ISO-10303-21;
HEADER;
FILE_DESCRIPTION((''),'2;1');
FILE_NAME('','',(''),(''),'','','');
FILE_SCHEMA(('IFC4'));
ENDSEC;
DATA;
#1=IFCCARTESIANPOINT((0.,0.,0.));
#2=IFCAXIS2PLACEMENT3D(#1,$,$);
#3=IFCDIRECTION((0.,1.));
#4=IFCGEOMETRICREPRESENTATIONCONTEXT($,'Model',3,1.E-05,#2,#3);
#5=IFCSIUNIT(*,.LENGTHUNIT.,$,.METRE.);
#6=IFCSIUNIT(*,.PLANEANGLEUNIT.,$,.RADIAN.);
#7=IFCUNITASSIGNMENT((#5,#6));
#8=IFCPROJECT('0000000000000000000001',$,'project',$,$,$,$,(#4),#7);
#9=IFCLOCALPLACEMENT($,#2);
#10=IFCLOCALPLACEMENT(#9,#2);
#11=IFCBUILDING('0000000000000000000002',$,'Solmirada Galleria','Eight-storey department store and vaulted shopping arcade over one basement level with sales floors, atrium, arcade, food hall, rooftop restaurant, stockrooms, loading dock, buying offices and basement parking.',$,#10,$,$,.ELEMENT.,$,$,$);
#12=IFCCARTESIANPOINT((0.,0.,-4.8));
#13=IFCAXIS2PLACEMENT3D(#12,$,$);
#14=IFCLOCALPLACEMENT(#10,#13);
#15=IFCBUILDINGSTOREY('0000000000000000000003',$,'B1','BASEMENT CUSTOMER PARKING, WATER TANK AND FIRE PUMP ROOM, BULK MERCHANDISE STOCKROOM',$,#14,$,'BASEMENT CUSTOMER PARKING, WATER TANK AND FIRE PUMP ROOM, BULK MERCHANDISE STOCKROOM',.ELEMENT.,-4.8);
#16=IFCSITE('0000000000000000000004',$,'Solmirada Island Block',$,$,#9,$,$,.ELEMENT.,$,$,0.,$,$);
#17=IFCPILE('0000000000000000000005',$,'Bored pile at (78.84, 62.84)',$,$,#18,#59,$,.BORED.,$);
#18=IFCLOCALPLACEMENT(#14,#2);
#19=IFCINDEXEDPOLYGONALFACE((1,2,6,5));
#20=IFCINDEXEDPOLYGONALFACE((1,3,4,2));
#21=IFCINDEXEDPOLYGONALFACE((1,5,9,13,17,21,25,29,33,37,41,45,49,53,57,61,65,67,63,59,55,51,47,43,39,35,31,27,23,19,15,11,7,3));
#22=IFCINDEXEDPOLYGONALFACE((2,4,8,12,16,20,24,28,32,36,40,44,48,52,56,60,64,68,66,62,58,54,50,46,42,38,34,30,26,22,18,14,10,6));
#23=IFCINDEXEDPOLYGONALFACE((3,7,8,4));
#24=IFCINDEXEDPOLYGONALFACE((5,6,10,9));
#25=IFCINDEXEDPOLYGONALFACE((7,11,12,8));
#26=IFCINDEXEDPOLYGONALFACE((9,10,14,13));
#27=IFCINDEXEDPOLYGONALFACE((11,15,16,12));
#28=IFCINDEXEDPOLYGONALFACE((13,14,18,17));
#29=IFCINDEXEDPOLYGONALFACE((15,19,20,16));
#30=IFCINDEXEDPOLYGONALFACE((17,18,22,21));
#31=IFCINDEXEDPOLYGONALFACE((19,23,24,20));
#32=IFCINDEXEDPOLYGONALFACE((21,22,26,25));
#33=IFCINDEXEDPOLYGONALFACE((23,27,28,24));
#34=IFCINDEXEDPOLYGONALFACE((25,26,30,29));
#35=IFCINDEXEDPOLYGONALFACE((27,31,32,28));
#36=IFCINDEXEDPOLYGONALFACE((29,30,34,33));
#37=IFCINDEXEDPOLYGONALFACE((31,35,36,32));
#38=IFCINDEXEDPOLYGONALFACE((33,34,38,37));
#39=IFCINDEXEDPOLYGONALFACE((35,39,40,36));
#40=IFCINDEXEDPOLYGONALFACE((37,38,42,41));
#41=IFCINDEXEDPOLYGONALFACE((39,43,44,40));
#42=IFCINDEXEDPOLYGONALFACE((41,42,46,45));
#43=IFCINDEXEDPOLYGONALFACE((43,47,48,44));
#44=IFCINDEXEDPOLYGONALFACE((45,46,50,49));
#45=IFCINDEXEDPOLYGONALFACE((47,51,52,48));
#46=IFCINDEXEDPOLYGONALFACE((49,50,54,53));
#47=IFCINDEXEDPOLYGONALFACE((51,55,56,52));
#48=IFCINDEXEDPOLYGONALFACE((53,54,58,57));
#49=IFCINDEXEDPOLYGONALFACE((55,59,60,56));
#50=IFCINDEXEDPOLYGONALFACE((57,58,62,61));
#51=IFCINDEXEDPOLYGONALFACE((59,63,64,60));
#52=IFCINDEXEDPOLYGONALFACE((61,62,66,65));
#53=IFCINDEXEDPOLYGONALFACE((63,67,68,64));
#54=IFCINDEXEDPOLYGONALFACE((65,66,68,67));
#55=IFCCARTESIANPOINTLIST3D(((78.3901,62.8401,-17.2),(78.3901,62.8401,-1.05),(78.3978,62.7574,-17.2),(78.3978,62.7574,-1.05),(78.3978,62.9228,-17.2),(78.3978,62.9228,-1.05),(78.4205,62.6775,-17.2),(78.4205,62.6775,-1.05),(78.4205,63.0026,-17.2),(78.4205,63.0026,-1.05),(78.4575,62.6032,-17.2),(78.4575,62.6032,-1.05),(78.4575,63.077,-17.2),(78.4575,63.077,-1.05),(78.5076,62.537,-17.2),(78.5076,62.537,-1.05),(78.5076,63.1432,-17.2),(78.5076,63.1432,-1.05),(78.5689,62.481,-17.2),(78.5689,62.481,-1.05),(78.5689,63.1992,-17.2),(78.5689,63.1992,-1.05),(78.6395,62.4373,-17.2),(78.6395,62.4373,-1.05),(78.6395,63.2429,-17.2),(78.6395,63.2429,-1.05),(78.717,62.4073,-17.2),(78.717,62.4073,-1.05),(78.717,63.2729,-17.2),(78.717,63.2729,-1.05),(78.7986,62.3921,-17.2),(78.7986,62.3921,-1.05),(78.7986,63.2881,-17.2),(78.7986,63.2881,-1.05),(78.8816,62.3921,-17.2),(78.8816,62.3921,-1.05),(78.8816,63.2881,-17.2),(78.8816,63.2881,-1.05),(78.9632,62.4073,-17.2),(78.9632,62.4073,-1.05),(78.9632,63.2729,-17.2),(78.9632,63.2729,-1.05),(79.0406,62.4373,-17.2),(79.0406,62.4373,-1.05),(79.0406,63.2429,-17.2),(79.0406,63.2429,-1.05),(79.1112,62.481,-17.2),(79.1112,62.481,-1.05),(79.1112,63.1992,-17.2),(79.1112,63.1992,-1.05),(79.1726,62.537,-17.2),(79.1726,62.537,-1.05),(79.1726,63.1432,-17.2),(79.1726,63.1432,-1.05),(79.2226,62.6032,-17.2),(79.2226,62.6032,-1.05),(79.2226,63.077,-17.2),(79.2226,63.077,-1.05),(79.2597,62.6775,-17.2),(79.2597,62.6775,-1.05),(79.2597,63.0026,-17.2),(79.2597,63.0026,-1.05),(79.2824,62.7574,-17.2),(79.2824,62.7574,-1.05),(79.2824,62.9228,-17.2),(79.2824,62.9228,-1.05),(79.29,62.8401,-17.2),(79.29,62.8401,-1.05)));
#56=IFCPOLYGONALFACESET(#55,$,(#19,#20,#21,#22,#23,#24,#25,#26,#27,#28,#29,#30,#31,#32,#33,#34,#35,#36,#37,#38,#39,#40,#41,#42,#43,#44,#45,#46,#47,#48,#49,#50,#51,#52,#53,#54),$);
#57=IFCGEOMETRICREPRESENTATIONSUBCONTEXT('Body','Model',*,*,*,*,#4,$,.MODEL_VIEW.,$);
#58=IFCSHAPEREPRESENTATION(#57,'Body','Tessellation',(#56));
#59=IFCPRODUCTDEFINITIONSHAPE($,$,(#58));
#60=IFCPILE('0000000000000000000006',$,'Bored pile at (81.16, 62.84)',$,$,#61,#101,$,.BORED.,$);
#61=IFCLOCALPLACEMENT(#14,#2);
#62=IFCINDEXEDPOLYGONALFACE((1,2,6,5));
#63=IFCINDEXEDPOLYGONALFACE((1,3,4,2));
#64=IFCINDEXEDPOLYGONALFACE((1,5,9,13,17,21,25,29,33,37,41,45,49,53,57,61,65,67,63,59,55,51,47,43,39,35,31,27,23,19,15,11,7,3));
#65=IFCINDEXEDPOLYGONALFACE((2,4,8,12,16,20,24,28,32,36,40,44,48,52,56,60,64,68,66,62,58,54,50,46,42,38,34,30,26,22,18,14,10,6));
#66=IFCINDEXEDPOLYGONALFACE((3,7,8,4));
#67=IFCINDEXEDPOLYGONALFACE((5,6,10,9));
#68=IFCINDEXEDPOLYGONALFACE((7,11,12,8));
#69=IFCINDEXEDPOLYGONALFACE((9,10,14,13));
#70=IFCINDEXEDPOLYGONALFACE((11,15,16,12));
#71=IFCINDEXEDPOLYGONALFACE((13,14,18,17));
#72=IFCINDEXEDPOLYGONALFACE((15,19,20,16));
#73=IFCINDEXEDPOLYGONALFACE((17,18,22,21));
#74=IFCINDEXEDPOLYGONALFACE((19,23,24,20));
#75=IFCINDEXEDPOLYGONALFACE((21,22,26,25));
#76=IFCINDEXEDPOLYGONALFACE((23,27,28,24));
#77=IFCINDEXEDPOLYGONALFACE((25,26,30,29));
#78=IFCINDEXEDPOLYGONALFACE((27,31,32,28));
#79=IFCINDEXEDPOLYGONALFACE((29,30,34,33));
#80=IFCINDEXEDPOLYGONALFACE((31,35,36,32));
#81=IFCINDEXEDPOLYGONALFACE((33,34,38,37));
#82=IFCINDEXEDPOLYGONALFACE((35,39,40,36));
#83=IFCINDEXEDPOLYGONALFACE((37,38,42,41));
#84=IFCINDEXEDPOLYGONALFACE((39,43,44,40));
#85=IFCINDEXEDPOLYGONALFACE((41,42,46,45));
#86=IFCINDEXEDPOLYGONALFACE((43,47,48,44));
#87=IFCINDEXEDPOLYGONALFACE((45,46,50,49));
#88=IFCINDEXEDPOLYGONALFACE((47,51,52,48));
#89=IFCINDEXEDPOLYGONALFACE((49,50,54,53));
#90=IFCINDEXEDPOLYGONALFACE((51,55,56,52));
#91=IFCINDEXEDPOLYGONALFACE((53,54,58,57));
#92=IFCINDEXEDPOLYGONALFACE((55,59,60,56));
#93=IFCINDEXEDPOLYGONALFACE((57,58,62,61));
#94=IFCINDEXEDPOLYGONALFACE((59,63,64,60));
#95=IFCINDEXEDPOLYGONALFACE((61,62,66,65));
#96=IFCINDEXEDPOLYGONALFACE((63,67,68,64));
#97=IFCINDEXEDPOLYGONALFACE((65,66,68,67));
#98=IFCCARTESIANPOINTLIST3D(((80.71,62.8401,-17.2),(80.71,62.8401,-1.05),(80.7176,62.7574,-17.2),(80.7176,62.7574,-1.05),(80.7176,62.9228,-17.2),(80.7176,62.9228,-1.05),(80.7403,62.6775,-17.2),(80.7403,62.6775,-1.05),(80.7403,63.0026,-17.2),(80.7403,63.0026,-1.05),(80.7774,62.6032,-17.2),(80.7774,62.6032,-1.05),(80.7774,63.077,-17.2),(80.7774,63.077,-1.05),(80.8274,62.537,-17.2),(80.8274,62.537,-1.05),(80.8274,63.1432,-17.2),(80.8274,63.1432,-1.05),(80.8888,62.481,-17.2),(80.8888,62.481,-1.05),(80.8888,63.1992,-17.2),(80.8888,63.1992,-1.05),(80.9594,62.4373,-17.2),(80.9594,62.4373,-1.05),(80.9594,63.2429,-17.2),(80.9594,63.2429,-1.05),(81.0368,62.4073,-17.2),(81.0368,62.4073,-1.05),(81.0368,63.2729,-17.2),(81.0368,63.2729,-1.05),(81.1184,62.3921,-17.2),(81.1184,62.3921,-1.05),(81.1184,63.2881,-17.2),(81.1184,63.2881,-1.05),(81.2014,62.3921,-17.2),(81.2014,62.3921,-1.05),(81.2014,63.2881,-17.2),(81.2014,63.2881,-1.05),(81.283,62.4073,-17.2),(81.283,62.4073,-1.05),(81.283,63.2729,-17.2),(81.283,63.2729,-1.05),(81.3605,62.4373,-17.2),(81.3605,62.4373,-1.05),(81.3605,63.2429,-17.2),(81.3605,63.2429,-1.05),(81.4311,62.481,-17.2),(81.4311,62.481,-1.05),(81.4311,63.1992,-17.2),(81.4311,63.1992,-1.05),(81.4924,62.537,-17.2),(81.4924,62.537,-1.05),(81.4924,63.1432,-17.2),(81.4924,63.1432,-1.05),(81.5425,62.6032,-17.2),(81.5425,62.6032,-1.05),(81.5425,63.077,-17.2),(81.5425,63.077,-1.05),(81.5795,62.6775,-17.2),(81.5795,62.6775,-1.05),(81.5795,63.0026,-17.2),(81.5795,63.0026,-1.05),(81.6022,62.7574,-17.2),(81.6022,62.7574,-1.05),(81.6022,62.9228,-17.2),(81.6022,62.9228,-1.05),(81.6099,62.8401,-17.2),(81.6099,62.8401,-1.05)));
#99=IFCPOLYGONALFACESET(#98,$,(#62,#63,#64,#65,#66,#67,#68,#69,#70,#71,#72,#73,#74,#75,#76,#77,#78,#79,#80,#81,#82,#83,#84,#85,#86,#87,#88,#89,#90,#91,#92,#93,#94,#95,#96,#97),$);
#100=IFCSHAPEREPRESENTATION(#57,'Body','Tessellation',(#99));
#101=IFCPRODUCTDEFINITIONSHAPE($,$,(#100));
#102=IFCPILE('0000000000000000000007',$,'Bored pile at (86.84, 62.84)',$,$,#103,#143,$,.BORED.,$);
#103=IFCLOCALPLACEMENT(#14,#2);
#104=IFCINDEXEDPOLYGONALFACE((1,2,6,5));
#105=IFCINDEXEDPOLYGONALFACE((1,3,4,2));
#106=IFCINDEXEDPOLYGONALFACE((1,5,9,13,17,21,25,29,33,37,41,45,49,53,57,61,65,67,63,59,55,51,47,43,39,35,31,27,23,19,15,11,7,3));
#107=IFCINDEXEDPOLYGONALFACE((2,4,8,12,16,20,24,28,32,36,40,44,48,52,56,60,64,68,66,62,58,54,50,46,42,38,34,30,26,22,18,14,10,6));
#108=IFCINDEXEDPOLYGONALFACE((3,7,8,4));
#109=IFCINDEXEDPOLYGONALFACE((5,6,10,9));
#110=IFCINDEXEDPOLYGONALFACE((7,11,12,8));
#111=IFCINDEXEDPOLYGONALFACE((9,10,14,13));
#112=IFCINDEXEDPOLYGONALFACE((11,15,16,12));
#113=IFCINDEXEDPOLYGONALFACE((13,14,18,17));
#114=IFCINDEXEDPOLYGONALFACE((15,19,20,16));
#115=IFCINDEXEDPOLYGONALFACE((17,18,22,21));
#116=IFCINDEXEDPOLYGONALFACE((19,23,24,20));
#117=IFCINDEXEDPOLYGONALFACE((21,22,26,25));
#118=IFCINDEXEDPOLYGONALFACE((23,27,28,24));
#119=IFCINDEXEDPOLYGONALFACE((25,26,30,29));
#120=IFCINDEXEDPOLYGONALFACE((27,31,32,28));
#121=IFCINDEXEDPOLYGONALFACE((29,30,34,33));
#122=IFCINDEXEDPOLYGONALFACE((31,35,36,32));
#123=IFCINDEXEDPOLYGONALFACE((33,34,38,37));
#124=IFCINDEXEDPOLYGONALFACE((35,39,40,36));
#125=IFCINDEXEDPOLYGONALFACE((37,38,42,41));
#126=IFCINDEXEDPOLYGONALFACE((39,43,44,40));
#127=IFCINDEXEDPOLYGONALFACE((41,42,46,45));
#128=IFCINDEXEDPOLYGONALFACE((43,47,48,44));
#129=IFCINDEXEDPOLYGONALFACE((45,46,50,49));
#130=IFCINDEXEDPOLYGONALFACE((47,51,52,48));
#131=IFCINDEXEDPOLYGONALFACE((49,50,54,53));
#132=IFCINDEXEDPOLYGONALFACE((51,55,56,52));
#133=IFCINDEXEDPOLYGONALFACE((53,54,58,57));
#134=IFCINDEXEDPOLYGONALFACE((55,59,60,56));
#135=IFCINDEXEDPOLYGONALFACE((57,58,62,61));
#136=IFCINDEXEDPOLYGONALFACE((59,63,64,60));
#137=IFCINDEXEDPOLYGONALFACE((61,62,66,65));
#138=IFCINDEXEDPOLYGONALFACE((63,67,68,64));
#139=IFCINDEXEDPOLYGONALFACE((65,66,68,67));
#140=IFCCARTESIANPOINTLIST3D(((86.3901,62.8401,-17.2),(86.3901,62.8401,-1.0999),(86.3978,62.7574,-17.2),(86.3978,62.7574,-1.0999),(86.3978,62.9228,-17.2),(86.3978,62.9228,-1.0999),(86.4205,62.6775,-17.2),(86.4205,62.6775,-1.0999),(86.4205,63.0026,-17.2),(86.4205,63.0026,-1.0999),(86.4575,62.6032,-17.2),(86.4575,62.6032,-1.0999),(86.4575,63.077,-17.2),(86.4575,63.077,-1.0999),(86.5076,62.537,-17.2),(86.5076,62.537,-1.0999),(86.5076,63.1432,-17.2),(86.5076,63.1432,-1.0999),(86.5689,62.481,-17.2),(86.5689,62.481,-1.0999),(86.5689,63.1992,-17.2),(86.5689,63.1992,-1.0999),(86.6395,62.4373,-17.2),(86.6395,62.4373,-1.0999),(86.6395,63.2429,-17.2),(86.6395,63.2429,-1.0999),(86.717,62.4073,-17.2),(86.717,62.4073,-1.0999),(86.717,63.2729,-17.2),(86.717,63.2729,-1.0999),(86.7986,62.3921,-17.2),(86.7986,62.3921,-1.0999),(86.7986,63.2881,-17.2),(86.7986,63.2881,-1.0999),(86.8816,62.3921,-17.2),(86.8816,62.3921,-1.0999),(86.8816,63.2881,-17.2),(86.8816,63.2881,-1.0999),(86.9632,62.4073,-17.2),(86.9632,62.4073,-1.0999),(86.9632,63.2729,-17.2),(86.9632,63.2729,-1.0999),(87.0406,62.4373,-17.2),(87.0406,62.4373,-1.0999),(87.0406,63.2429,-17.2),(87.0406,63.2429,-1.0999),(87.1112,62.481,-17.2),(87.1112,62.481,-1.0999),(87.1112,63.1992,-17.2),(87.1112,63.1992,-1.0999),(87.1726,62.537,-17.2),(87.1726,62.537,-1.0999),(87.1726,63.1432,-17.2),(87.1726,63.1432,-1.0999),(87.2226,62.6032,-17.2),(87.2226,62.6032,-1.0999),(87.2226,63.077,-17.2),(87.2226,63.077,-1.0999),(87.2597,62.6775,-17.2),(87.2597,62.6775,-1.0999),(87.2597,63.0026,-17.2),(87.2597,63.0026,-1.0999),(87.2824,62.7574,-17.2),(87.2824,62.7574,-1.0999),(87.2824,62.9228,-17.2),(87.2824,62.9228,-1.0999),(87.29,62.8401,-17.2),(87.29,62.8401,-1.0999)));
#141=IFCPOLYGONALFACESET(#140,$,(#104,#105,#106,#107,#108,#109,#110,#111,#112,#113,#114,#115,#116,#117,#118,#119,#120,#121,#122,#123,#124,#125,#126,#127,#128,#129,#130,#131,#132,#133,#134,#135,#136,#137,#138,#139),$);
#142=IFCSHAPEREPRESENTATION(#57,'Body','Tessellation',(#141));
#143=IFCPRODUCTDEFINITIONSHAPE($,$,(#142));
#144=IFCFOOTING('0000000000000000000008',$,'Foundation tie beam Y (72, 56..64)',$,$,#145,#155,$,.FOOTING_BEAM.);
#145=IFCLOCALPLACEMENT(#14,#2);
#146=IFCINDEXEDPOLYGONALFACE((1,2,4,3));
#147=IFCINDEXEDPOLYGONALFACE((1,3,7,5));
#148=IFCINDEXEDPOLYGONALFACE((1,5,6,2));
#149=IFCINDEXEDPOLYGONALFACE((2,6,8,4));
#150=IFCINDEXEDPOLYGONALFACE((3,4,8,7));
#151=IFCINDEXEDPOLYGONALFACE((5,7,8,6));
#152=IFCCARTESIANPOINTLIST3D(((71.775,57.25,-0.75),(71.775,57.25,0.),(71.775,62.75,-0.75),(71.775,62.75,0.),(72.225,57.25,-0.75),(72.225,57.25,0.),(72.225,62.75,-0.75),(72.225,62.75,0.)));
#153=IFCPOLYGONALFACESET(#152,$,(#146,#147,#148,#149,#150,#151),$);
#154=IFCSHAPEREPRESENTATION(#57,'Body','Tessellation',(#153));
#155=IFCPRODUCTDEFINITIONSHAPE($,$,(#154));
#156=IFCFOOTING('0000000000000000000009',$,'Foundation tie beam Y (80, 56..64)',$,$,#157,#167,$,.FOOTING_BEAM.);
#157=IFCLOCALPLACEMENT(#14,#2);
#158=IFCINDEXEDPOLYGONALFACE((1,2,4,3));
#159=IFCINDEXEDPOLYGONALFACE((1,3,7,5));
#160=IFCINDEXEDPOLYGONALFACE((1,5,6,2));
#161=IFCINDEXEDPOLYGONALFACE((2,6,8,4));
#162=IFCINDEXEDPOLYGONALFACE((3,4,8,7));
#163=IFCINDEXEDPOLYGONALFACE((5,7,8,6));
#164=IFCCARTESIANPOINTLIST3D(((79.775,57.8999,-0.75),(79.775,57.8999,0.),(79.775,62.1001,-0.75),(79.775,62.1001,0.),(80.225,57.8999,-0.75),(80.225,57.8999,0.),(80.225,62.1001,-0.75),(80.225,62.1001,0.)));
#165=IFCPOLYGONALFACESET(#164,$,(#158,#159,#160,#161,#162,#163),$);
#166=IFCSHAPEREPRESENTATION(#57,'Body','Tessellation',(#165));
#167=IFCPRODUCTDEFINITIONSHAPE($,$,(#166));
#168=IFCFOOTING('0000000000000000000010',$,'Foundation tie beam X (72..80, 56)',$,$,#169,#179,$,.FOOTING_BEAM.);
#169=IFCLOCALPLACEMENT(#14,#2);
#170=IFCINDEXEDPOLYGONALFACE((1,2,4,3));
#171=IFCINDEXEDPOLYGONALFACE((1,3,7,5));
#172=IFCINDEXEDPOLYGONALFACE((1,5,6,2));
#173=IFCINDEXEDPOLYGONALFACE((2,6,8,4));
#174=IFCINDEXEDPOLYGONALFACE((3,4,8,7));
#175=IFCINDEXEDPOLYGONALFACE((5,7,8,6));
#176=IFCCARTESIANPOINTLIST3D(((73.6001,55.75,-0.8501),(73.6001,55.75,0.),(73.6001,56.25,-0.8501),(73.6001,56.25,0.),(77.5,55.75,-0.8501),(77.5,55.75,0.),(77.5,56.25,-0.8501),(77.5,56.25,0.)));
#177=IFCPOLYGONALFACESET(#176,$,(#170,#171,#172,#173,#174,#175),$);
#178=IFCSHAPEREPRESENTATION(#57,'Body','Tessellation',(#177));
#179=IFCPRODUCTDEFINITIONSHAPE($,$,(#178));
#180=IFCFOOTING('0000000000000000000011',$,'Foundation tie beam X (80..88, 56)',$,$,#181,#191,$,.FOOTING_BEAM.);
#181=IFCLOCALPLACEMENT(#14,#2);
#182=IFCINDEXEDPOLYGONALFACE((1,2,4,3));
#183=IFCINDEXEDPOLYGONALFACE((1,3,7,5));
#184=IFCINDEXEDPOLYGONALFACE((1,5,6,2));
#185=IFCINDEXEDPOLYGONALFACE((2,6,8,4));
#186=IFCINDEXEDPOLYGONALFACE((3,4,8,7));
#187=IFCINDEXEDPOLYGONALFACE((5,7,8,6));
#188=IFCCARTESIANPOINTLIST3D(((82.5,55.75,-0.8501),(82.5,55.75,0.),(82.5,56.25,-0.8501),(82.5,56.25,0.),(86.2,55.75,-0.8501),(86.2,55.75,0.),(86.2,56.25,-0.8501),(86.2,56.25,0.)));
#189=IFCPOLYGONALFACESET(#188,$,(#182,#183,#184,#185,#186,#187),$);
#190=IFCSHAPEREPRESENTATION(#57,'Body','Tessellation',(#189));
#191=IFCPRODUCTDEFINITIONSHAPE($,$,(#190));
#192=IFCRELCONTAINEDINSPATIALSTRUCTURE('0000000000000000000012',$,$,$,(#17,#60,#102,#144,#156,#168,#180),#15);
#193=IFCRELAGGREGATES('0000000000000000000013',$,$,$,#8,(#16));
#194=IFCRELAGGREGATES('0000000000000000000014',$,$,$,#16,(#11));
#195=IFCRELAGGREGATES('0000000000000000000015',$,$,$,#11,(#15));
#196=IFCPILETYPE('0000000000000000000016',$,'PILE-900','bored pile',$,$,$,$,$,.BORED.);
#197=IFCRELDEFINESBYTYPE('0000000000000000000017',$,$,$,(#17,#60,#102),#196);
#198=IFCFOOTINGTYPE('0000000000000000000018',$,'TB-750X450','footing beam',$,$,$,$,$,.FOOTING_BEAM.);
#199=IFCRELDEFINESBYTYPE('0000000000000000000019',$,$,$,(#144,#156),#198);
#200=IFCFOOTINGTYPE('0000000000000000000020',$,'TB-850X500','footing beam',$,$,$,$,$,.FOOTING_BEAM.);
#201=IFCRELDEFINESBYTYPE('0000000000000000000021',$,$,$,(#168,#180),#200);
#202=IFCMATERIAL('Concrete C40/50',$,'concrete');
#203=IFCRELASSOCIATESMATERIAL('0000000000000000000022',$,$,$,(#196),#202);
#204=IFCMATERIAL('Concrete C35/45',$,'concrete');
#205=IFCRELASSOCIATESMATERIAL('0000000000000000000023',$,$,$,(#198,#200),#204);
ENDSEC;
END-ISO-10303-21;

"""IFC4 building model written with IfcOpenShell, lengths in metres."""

from ifc_helpers import new_model, si_unit, direction, frame, origin, origin_2d, place, context, subcontext, project, spatial, rectangle, circle, extrude, material, material_profile, profile_set, type_object, element, save


model = new_model("IFC4")

# Units and contexts
model_context = context("Model", 3, precision=1e-05, world=origin(), true_north=direction((0.0, 1.0)))
body_context = subcontext(model_context, "Body", "Model", "MODEL_VIEW")
ifc_project = project(units=[si_unit("LENGTHUNIT", "METRE"), si_unit("PLANEANGLEUNIT", "RADIAN")], contexts=[model_context])

# Site, building, storey
site_placement = place(None, origin())
site = spatial("IfcSite", under=ifc_project, at=site_placement, Name="Solmirada Island Block", CompositionType="ELEMENT", RefElevation=0.0)
building_placement = place(site_placement, origin())
building = spatial("IfcBuilding", under=site, at=building_placement, Name="Solmirada Galleria", Description="Eight-storey department store and vaulted shopping arcade over one basement level with sales floors, atrium, arcade, food hall, rooftop restaurant, stockrooms, loading dock, buying offices and basement parking.", CompositionType="ELEMENT")
storey_placement = place(building_placement, frame((0.0, 0.0, -4.8)))
storey = spatial("IfcBuildingStorey", under=building, at=storey_placement, Name="B1", Description="BASEMENT CUSTOMER PARKING, WATER TANK AND FIRE PUMP ROOM, BULK MERCHANDISE STOCKROOM", LongName="BASEMENT CUSTOMER PARKING, WATER TANK AND FIRE PUMP ROOM, BULK MERCHANDISE STOCKROOM", CompositionType="ELEMENT", Elevation=-4.8)

# Shared definitions
ifc_material_1 = material(Name="Concrete C35/45", Category="concrete")

# Piles
ifc_material_2 = material(Name="Concrete C40/50", Category="concrete")
ifc_material_profile_1 = material_profile(ifc_material_2, circle(Radius=0.45, at=origin_2d()), Name="PILE900")
ifc_profile_set_1 = profile_set([ifc_material_profile_1], Name="Concrete C40/50")
pile_type = type_object("IfcPileType", Name="PILE-900", Description="bored pile", PredefinedType="BORED", material=ifc_profile_set_1)
for number, where, z_axis, x_axis, name in (
    (1, (78.8401, 62.8401, -1.05), (0.0, 0.0, -1.0), (1.0, 0.0, 0.0), "Bored pile at (78.84, 62.84)"),
    (2, (81.1599, 62.8401, -1.05), (0.0, 0.0, -1.0), (1.0, 0.0, 0.0), "Bored pile at (81.16, 62.84)"),
):
    element("IfcPile", number, at=place(storey_placement, frame(where, z_axis=z_axis, x_axis=x_axis)), inside=storey, type_object=pile_type, Name=name, PredefinedType="BORED", context=body_context, shape_type="SweptSolid", body=[
        extrude(circle(Radius=0.45, at=origin_2d()), origin(), (0.0, 0.0, 1.0), 16.1499),
    ])
pile_1_placement = place(storey_placement, frame((86.8401, 62.8401, -1.0999), z_axis=(0.0, 0.0, -1.0), x_axis=(1.0, 0.0, 0.0)))
element("IfcPile", 3, at=pile_1_placement, inside=storey, type_object=pile_type, Name="Bored pile at (86.84, 62.84)", PredefinedType="BORED", context=body_context, shape_type="SweptSolid", body=[
    extrude(circle(Radius=0.45, at=origin_2d()), origin(), (0.0, 0.0, 1.0), 16.1001),
])

# Footings
ifc_material_profile_2 = material_profile(ifc_material_1, rectangle(XDim=0.45, YDim=0.75, at=origin_2d()), Name="RC750X450")
ifc_profile_set_2 = profile_set([ifc_material_profile_2], Name="Concrete C35/45")
footing_type_1 = type_object("IfcFootingType", Name="TB-750X450", Description="footing beam", PredefinedType="FOOTING_BEAM", material=ifc_profile_set_2)
footing_1_placement = place(storey_placement, frame((72.0, 57.25, -0.375), z_axis=(0.0, 1.0, 0.0), x_axis=(-1.0, 0.0, 0.0)))
element("IfcFooting", 4, at=footing_1_placement, inside=storey, type_object=footing_type_1, Name="Foundation tie beam Y (72, 56..64)", PredefinedType="FOOTING_BEAM", context=body_context, shape_type="SweptSolid", body=[
    extrude(rectangle(XDim=0.45, YDim=0.75, at=origin_2d()), origin(), (0.0, 0.0, 1.0), 5.5),
])
footing_2_placement = place(storey_placement, frame((80.0, 57.8999, -0.375), z_axis=(0.0, 1.0, 0.0), x_axis=(-1.0, 0.0, 0.0)))
element("IfcFooting", 5, at=footing_2_placement, inside=storey, type_object=footing_type_1, Name="Foundation tie beam Y (80, 56..64)", PredefinedType="FOOTING_BEAM", context=body_context, shape_type="SweptSolid", body=[
    extrude(rectangle(XDim=0.45, YDim=0.75, at=origin_2d()), origin(), (0.0, 0.0, 1.0), 4.2002),
])
ifc_material_profile_3 = material_profile(ifc_material_1, rectangle(XDim=0.5, YDim=0.8501, at=origin_2d()), Name="RC850X500")
ifc_profile_set_3 = profile_set([ifc_material_profile_3], Name="Concrete C35/45")
footing_type_2 = type_object("IfcFootingType", Name="TB-850X500", Description="footing beam", PredefinedType="FOOTING_BEAM", material=ifc_profile_set_3)
footing_3_placement = place(storey_placement, frame((73.6001, 56.0, -0.425), z_axis=(1.0, 0.0, 0.0), x_axis=(0.0, 1.0, 0.0)))
element("IfcFooting", 6, at=footing_3_placement, inside=storey, type_object=footing_type_2, Name="Foundation tie beam X (72..80, 56)", PredefinedType="FOOTING_BEAM", context=body_context, shape_type="SweptSolid", body=[
    extrude(rectangle(XDim=0.5, YDim=0.8501, at=origin_2d()), origin(), (0.0, 0.0, 1.0), 3.8999),
])
footing_4_placement = place(storey_placement, frame((82.5, 56.0, -0.425), z_axis=(1.0, 0.0, 0.0), x_axis=(0.0, 1.0, 0.0)))
element("IfcFooting", 7, at=footing_4_placement, inside=storey, type_object=footing_type_2, Name="Foundation tie beam X (80..88, 56)", PredefinedType="FOOTING_BEAM", context=body_context, shape_type="SweptSolid", body=[
    extrude(rectangle(XDim=0.5, YDim=0.8501, at=origin_2d()), origin(), (0.0, 0.0, 1.0), 3.7),
])

save(model, "model.ifc")
